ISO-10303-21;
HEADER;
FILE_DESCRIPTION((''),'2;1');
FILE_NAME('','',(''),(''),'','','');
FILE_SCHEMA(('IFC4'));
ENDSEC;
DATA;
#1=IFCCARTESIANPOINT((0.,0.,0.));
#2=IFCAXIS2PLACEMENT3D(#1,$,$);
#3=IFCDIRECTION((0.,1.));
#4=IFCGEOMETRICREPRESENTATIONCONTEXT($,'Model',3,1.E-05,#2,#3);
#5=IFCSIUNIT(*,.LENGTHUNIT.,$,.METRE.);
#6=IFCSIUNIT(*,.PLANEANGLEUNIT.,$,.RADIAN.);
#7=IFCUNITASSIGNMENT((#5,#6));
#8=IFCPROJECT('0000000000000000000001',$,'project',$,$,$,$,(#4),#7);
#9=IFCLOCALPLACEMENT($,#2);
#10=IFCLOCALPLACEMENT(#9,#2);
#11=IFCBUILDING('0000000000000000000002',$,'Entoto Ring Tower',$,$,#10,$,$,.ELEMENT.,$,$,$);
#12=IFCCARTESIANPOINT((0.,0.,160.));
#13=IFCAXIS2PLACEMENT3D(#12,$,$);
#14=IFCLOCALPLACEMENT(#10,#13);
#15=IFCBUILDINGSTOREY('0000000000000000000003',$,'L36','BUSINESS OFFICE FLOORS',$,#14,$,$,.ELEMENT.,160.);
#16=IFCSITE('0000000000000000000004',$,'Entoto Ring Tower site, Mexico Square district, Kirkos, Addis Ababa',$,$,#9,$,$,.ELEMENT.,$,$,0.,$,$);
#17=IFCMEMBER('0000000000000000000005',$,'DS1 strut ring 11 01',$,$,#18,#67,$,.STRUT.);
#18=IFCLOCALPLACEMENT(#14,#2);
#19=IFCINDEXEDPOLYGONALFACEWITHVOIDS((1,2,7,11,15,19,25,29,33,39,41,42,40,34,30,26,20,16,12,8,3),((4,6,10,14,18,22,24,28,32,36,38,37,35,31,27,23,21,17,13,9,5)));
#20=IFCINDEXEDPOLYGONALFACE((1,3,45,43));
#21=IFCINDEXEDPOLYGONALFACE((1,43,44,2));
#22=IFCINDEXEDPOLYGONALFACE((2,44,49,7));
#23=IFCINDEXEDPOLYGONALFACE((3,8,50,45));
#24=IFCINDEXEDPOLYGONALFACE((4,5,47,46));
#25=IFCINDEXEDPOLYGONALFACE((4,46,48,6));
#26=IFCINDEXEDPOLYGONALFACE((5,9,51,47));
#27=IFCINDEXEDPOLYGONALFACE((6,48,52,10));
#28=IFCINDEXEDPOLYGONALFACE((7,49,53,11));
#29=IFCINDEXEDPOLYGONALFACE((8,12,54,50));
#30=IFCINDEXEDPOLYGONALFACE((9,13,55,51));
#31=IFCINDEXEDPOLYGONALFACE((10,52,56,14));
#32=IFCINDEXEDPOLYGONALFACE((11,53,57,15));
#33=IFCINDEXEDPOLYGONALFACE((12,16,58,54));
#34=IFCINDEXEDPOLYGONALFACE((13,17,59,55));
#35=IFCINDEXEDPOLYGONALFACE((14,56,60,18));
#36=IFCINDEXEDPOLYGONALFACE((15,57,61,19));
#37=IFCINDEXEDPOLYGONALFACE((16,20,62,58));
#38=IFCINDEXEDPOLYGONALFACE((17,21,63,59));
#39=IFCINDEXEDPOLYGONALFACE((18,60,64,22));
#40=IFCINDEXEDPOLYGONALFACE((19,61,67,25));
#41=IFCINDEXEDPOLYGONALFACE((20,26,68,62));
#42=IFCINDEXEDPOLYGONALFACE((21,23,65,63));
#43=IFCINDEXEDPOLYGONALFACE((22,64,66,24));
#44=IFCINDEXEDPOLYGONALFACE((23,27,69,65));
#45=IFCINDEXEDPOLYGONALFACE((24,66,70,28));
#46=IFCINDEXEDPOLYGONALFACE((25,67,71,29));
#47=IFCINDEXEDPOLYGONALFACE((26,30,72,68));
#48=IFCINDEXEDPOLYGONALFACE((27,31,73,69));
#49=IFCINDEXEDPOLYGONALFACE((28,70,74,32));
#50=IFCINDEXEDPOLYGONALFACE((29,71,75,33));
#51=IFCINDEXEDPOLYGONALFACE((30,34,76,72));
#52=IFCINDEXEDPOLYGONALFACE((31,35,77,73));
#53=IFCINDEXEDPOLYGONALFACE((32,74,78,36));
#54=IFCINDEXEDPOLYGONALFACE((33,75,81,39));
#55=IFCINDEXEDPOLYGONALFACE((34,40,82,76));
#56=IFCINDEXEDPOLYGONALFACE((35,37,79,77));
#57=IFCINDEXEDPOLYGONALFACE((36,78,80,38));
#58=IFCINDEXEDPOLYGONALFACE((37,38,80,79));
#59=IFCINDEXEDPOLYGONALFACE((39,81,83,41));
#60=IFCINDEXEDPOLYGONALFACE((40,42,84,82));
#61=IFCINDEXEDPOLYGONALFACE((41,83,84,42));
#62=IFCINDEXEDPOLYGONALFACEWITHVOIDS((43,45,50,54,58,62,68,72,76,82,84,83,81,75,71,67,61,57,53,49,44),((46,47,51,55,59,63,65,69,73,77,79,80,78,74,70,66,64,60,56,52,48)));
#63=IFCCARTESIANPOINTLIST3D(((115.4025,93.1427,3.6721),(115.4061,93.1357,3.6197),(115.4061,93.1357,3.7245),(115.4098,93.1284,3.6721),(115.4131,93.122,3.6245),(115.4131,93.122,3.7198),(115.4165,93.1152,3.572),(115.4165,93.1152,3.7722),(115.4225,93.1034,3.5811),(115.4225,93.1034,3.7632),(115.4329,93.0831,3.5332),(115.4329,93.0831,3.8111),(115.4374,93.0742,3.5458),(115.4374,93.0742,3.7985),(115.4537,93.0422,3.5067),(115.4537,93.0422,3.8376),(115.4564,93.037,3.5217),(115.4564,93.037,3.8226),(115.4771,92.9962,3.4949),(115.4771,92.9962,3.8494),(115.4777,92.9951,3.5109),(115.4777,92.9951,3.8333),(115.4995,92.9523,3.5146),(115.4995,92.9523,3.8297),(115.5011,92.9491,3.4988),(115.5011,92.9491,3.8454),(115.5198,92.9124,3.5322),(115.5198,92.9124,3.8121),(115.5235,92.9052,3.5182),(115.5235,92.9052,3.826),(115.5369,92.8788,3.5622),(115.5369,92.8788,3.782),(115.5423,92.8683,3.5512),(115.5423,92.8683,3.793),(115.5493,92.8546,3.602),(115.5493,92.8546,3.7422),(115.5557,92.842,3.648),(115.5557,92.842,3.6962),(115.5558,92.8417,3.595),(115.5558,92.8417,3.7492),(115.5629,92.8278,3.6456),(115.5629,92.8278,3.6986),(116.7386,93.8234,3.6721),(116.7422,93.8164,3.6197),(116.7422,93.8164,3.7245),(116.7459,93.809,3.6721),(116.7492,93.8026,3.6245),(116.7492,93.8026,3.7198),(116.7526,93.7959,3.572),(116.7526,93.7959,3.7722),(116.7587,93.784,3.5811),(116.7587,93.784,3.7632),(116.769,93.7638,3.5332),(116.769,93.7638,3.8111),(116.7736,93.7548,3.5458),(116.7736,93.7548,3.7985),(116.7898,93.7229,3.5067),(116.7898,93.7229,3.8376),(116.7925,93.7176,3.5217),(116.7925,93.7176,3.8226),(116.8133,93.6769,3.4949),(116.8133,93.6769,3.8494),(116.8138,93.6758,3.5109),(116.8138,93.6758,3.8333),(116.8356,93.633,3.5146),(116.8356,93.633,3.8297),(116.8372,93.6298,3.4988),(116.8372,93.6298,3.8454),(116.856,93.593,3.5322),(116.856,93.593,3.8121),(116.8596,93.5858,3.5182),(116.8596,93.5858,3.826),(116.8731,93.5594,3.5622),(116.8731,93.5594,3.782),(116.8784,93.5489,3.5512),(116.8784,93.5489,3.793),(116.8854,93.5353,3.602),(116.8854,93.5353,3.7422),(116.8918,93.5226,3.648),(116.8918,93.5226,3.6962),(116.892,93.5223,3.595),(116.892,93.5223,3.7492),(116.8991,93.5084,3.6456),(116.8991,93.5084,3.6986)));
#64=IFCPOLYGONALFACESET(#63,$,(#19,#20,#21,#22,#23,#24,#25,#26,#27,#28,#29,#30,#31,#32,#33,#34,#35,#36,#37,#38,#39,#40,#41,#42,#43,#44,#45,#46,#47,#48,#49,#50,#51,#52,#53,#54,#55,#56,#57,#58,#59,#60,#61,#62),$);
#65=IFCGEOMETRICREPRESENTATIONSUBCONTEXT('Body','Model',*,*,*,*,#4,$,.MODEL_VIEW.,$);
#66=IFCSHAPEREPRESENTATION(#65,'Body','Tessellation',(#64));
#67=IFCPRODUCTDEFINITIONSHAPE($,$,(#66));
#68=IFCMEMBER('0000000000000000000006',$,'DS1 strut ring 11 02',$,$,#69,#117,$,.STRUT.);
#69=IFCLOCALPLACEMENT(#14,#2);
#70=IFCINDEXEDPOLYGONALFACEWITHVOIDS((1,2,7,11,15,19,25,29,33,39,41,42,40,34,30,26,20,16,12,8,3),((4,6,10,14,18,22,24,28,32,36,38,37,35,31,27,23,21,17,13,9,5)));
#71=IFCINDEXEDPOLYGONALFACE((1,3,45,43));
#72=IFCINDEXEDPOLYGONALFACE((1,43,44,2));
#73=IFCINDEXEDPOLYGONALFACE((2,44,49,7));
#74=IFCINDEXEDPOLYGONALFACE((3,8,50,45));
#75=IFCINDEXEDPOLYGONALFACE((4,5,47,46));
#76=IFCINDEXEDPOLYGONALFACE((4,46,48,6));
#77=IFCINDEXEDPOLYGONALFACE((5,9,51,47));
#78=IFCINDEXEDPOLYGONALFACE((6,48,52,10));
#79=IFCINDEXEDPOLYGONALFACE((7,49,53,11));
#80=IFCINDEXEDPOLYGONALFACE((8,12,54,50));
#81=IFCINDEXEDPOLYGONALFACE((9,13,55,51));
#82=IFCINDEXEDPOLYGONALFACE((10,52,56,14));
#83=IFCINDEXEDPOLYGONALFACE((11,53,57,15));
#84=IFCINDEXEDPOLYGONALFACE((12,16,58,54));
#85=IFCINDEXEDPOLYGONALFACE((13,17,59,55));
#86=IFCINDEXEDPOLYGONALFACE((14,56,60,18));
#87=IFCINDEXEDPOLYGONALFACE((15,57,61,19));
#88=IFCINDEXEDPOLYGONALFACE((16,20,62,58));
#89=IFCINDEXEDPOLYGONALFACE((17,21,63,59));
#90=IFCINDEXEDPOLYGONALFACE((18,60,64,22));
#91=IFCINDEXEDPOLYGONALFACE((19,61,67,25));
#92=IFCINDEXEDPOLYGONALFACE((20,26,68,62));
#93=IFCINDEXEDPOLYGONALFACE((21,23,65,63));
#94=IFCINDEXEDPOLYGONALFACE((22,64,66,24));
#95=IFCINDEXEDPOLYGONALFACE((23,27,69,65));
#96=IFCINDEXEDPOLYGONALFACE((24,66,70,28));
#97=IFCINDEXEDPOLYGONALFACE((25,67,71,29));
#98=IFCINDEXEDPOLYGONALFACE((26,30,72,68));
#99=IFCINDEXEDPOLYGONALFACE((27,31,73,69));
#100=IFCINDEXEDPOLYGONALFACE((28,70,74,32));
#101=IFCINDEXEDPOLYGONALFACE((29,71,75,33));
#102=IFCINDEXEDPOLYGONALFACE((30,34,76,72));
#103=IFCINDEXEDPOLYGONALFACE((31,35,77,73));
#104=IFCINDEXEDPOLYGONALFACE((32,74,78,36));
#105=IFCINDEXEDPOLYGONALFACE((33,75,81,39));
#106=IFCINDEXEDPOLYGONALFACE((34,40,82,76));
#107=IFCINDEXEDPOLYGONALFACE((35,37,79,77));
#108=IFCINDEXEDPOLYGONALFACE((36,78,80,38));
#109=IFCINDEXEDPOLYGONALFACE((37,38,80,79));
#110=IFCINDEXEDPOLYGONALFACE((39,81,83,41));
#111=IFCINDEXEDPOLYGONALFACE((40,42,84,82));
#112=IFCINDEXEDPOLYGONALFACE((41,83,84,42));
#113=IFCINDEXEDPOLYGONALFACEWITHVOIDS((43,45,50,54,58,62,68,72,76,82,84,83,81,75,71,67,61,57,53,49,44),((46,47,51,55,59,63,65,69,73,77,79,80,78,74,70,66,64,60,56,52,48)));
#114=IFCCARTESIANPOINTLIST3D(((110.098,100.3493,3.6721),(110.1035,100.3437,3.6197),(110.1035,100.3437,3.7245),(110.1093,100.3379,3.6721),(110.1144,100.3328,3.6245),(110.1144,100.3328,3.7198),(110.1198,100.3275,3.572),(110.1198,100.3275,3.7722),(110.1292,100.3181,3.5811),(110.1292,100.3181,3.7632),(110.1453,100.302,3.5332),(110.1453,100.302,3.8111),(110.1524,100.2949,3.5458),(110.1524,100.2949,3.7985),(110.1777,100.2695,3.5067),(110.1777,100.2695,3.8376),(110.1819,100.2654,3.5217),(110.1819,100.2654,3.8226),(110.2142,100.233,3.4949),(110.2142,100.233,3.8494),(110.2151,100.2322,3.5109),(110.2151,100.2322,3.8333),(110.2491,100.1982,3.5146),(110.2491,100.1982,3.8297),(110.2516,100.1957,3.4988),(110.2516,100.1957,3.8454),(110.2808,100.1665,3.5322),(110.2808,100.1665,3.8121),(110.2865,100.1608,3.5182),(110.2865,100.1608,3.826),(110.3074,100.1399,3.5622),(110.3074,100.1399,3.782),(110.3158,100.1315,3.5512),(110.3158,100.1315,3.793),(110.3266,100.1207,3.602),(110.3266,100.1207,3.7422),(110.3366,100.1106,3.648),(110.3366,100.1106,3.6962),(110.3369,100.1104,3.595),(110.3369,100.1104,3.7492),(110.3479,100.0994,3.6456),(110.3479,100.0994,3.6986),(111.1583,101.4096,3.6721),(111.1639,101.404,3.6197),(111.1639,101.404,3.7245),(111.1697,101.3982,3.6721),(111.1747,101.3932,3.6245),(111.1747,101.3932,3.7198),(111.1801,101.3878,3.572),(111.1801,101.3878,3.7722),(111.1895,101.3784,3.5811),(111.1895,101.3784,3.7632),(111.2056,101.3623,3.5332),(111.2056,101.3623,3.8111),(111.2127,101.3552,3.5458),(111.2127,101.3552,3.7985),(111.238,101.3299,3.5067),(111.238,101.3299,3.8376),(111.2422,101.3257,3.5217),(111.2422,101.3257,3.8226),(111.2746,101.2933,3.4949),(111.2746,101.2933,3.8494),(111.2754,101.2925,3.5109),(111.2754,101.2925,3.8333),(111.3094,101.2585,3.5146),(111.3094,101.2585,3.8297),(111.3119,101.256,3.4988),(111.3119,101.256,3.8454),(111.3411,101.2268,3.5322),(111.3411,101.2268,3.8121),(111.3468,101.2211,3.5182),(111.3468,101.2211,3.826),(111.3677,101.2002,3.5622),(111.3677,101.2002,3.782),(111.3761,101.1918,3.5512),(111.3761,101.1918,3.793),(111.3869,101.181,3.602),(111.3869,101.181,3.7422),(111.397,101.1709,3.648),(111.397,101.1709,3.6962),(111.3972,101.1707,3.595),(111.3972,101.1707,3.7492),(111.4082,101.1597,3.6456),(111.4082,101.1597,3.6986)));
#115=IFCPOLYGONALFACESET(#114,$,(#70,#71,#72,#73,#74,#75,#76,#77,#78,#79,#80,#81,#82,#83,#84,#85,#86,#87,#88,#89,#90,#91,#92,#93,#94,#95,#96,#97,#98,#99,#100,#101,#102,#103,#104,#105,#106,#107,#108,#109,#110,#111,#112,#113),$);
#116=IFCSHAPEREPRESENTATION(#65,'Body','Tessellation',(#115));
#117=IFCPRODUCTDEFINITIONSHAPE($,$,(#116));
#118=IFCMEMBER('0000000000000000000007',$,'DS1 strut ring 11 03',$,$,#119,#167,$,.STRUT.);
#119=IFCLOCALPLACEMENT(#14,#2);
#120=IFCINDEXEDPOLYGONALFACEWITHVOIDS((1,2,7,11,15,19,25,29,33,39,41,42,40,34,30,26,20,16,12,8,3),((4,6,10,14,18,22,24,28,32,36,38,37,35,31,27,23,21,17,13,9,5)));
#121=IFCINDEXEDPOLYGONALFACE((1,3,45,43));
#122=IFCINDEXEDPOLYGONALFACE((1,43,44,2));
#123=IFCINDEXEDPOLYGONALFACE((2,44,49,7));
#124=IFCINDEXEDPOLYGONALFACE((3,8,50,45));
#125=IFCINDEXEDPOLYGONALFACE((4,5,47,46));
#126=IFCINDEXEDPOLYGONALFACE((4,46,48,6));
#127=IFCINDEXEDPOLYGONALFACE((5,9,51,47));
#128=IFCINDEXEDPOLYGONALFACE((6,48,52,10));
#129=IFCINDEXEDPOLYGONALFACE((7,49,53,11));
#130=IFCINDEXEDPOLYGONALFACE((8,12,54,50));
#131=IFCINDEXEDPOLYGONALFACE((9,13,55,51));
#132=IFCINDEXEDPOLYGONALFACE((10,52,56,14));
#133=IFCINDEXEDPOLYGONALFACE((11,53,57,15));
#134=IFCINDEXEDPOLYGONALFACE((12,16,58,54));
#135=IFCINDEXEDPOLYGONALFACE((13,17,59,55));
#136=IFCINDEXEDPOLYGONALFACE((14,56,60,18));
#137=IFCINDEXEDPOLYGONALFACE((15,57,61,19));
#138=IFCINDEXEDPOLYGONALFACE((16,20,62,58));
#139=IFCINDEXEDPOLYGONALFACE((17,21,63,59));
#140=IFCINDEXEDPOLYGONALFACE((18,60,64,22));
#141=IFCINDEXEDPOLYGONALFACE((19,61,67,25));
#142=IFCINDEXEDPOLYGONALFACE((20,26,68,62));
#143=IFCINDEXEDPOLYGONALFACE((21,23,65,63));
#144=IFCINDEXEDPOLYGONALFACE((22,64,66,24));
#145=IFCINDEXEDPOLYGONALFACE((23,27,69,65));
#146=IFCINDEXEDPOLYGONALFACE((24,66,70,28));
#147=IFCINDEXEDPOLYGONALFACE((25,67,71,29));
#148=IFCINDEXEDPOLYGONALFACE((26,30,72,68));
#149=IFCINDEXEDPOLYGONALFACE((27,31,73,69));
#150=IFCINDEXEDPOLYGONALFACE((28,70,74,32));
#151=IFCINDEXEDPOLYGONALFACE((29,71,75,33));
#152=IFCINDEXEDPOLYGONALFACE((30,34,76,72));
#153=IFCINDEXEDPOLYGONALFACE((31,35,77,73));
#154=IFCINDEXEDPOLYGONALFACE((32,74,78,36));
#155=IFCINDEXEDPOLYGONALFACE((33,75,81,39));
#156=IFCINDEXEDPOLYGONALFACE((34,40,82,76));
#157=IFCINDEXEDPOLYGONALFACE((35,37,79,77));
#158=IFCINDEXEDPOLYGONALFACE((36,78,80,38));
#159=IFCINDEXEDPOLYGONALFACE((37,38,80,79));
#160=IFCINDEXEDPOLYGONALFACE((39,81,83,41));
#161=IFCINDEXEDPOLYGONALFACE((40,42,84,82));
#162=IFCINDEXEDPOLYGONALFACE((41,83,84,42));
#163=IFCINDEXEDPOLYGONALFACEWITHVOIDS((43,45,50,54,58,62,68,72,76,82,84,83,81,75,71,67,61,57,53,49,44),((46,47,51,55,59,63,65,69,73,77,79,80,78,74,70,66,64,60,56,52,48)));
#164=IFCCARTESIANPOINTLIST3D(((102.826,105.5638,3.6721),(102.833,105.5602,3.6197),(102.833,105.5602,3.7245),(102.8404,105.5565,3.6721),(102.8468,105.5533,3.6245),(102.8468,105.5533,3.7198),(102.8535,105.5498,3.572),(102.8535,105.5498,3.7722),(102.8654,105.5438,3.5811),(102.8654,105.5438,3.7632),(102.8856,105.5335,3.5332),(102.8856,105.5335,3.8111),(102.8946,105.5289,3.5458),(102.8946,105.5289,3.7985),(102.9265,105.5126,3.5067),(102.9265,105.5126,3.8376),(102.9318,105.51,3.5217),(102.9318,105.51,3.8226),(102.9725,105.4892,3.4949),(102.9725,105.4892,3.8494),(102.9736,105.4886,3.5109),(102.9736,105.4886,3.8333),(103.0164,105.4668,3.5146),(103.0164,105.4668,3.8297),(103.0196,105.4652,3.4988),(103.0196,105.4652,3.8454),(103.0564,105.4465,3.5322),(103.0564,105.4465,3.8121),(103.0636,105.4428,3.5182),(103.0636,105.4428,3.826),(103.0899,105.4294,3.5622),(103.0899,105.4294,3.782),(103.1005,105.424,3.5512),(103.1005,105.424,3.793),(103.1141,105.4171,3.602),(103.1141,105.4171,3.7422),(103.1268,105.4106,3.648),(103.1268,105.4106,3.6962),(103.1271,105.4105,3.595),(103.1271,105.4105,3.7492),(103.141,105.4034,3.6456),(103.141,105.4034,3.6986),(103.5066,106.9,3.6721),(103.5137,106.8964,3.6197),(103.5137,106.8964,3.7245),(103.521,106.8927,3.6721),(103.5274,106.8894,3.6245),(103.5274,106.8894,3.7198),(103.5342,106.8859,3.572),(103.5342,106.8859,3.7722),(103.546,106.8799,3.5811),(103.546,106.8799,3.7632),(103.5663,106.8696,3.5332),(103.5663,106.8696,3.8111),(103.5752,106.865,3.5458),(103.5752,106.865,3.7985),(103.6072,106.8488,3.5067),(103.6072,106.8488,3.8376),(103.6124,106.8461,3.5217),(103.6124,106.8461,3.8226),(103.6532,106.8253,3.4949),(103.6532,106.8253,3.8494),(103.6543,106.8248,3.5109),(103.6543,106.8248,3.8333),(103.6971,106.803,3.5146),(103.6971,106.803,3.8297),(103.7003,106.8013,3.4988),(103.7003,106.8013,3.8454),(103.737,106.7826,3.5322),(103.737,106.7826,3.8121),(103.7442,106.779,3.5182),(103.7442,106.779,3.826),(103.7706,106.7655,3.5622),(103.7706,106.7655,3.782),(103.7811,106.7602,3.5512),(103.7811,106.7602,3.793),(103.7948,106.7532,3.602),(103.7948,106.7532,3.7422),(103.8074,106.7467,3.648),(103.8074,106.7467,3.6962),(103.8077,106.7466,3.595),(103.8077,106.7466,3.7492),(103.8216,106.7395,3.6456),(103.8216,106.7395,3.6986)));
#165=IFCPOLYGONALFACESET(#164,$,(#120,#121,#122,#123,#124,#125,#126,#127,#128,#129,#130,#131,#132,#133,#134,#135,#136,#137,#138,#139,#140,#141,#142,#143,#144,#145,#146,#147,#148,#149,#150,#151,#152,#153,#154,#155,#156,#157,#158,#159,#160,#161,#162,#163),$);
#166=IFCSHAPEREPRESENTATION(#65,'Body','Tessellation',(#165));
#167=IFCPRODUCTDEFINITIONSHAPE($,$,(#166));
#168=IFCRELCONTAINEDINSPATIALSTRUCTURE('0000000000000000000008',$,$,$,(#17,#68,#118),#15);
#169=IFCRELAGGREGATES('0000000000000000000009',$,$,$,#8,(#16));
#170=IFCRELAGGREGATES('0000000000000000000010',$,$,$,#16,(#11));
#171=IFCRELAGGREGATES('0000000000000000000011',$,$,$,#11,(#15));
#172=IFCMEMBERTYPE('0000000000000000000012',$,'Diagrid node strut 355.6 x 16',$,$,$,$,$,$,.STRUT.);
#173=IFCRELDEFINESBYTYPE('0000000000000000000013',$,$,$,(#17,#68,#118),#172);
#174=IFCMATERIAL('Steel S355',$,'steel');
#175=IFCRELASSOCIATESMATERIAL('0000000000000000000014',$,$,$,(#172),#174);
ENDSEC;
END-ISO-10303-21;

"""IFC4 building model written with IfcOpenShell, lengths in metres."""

from ifc_helpers import new_model, si_unit, direction, frame, origin, origin_2d, place, context, subcontext, project, spatial, circle, hollow_circle, extrude, material, material_profile, profile_set, type_object, element, save


model = new_model("IFC4")

# Units and contexts
model_context = context("Model", 3, precision=1e-05, world=origin(), true_north=direction((0.0, 1.0)))
body_context = subcontext(model_context, "Body", "Model", "MODEL_VIEW")
ifc_project = project(units=[si_unit("LENGTHUNIT", "METRE"), si_unit("PLANEANGLEUNIT", "RADIAN")], contexts=[model_context])

# Site, building, storey
site_placement = place(None, origin())
site = spatial("IfcSite", under=ifc_project, at=site_placement, Name="Entoto Ring Tower site, Mexico Square district, Kirkos, Addis Ababa", CompositionType="ELEMENT", RefElevation=0.0)
building_placement = place(site_placement, origin())
building = spatial("IfcBuilding", under=site, at=building_placement, Name="Entoto Ring Tower", CompositionType="ELEMENT")
storey_placement = place(building_placement, frame((0.0, 0.0, 160.0)))
storey = spatial("IfcBuildingStorey", under=building, at=storey_placement, Name="L36", Description="BUSINESS OFFICE FLOORS", CompositionType="ELEMENT", Elevation=160.0)

# Members
ifc_material_1 = material(Name="Steel S355", Category="steel")
ifc_material_profile_1 = material_profile(ifc_material_1, hollow_circle(Radius=0.1777, WallThickness=0.0161, at=origin_2d()), Name="CHS 355.6 x 16")
ifc_material_2 = material(Name="Concrete C60/75", Category="concrete")
ifc_material_profile_2 = material_profile(ifc_material_2, circle(Radius=0.1619, at=origin_2d()), Name="Concrete C60/75 infill")
ifc_profile_set_1 = profile_set([ifc_material_profile_1, ifc_material_profile_2], Name="Steel S355")
member_type = type_object("IfcMemberType", Name="Diagrid node strut 355.6 x 16", PredefinedType="STRUT", material=ifc_profile_set_1)
for number, where, z_axis, x_axis, name in (
    (1, (115.4832, 92.9844, 3.6721), (0.891048, 0.453909, 0.0), (-0.453909, 0.891048, 0.0), "DS1 strut ring 11 01"),
    (2, (110.2236, 100.2236, 3.6721), (0.707107, 0.707107, 0.0), (-0.707107, 0.707107, 0.0), "DS1 strut ring 11 02"),
    (3, (102.9844, 105.4832, 3.6721), (0.453909, 0.891048, 0.0), (-0.891048, 0.453909, 0.0), "DS1 strut ring 11 03"),
):
    element("IfcMember", number, at=place(storey_placement, frame(where, z_axis=z_axis, x_axis=x_axis)), inside=storey, type_object=member_type, Name=name, PredefinedType="STRUT", context=body_context, shape_type="SweptSolid", body=[
        extrude(hollow_circle(Radius=0.1777, WallThickness=0.0161, at=origin_2d()), origin(), (0.0, 0.0, 1.0), 1.4995),
    ])

save(model, "model.ifc")
